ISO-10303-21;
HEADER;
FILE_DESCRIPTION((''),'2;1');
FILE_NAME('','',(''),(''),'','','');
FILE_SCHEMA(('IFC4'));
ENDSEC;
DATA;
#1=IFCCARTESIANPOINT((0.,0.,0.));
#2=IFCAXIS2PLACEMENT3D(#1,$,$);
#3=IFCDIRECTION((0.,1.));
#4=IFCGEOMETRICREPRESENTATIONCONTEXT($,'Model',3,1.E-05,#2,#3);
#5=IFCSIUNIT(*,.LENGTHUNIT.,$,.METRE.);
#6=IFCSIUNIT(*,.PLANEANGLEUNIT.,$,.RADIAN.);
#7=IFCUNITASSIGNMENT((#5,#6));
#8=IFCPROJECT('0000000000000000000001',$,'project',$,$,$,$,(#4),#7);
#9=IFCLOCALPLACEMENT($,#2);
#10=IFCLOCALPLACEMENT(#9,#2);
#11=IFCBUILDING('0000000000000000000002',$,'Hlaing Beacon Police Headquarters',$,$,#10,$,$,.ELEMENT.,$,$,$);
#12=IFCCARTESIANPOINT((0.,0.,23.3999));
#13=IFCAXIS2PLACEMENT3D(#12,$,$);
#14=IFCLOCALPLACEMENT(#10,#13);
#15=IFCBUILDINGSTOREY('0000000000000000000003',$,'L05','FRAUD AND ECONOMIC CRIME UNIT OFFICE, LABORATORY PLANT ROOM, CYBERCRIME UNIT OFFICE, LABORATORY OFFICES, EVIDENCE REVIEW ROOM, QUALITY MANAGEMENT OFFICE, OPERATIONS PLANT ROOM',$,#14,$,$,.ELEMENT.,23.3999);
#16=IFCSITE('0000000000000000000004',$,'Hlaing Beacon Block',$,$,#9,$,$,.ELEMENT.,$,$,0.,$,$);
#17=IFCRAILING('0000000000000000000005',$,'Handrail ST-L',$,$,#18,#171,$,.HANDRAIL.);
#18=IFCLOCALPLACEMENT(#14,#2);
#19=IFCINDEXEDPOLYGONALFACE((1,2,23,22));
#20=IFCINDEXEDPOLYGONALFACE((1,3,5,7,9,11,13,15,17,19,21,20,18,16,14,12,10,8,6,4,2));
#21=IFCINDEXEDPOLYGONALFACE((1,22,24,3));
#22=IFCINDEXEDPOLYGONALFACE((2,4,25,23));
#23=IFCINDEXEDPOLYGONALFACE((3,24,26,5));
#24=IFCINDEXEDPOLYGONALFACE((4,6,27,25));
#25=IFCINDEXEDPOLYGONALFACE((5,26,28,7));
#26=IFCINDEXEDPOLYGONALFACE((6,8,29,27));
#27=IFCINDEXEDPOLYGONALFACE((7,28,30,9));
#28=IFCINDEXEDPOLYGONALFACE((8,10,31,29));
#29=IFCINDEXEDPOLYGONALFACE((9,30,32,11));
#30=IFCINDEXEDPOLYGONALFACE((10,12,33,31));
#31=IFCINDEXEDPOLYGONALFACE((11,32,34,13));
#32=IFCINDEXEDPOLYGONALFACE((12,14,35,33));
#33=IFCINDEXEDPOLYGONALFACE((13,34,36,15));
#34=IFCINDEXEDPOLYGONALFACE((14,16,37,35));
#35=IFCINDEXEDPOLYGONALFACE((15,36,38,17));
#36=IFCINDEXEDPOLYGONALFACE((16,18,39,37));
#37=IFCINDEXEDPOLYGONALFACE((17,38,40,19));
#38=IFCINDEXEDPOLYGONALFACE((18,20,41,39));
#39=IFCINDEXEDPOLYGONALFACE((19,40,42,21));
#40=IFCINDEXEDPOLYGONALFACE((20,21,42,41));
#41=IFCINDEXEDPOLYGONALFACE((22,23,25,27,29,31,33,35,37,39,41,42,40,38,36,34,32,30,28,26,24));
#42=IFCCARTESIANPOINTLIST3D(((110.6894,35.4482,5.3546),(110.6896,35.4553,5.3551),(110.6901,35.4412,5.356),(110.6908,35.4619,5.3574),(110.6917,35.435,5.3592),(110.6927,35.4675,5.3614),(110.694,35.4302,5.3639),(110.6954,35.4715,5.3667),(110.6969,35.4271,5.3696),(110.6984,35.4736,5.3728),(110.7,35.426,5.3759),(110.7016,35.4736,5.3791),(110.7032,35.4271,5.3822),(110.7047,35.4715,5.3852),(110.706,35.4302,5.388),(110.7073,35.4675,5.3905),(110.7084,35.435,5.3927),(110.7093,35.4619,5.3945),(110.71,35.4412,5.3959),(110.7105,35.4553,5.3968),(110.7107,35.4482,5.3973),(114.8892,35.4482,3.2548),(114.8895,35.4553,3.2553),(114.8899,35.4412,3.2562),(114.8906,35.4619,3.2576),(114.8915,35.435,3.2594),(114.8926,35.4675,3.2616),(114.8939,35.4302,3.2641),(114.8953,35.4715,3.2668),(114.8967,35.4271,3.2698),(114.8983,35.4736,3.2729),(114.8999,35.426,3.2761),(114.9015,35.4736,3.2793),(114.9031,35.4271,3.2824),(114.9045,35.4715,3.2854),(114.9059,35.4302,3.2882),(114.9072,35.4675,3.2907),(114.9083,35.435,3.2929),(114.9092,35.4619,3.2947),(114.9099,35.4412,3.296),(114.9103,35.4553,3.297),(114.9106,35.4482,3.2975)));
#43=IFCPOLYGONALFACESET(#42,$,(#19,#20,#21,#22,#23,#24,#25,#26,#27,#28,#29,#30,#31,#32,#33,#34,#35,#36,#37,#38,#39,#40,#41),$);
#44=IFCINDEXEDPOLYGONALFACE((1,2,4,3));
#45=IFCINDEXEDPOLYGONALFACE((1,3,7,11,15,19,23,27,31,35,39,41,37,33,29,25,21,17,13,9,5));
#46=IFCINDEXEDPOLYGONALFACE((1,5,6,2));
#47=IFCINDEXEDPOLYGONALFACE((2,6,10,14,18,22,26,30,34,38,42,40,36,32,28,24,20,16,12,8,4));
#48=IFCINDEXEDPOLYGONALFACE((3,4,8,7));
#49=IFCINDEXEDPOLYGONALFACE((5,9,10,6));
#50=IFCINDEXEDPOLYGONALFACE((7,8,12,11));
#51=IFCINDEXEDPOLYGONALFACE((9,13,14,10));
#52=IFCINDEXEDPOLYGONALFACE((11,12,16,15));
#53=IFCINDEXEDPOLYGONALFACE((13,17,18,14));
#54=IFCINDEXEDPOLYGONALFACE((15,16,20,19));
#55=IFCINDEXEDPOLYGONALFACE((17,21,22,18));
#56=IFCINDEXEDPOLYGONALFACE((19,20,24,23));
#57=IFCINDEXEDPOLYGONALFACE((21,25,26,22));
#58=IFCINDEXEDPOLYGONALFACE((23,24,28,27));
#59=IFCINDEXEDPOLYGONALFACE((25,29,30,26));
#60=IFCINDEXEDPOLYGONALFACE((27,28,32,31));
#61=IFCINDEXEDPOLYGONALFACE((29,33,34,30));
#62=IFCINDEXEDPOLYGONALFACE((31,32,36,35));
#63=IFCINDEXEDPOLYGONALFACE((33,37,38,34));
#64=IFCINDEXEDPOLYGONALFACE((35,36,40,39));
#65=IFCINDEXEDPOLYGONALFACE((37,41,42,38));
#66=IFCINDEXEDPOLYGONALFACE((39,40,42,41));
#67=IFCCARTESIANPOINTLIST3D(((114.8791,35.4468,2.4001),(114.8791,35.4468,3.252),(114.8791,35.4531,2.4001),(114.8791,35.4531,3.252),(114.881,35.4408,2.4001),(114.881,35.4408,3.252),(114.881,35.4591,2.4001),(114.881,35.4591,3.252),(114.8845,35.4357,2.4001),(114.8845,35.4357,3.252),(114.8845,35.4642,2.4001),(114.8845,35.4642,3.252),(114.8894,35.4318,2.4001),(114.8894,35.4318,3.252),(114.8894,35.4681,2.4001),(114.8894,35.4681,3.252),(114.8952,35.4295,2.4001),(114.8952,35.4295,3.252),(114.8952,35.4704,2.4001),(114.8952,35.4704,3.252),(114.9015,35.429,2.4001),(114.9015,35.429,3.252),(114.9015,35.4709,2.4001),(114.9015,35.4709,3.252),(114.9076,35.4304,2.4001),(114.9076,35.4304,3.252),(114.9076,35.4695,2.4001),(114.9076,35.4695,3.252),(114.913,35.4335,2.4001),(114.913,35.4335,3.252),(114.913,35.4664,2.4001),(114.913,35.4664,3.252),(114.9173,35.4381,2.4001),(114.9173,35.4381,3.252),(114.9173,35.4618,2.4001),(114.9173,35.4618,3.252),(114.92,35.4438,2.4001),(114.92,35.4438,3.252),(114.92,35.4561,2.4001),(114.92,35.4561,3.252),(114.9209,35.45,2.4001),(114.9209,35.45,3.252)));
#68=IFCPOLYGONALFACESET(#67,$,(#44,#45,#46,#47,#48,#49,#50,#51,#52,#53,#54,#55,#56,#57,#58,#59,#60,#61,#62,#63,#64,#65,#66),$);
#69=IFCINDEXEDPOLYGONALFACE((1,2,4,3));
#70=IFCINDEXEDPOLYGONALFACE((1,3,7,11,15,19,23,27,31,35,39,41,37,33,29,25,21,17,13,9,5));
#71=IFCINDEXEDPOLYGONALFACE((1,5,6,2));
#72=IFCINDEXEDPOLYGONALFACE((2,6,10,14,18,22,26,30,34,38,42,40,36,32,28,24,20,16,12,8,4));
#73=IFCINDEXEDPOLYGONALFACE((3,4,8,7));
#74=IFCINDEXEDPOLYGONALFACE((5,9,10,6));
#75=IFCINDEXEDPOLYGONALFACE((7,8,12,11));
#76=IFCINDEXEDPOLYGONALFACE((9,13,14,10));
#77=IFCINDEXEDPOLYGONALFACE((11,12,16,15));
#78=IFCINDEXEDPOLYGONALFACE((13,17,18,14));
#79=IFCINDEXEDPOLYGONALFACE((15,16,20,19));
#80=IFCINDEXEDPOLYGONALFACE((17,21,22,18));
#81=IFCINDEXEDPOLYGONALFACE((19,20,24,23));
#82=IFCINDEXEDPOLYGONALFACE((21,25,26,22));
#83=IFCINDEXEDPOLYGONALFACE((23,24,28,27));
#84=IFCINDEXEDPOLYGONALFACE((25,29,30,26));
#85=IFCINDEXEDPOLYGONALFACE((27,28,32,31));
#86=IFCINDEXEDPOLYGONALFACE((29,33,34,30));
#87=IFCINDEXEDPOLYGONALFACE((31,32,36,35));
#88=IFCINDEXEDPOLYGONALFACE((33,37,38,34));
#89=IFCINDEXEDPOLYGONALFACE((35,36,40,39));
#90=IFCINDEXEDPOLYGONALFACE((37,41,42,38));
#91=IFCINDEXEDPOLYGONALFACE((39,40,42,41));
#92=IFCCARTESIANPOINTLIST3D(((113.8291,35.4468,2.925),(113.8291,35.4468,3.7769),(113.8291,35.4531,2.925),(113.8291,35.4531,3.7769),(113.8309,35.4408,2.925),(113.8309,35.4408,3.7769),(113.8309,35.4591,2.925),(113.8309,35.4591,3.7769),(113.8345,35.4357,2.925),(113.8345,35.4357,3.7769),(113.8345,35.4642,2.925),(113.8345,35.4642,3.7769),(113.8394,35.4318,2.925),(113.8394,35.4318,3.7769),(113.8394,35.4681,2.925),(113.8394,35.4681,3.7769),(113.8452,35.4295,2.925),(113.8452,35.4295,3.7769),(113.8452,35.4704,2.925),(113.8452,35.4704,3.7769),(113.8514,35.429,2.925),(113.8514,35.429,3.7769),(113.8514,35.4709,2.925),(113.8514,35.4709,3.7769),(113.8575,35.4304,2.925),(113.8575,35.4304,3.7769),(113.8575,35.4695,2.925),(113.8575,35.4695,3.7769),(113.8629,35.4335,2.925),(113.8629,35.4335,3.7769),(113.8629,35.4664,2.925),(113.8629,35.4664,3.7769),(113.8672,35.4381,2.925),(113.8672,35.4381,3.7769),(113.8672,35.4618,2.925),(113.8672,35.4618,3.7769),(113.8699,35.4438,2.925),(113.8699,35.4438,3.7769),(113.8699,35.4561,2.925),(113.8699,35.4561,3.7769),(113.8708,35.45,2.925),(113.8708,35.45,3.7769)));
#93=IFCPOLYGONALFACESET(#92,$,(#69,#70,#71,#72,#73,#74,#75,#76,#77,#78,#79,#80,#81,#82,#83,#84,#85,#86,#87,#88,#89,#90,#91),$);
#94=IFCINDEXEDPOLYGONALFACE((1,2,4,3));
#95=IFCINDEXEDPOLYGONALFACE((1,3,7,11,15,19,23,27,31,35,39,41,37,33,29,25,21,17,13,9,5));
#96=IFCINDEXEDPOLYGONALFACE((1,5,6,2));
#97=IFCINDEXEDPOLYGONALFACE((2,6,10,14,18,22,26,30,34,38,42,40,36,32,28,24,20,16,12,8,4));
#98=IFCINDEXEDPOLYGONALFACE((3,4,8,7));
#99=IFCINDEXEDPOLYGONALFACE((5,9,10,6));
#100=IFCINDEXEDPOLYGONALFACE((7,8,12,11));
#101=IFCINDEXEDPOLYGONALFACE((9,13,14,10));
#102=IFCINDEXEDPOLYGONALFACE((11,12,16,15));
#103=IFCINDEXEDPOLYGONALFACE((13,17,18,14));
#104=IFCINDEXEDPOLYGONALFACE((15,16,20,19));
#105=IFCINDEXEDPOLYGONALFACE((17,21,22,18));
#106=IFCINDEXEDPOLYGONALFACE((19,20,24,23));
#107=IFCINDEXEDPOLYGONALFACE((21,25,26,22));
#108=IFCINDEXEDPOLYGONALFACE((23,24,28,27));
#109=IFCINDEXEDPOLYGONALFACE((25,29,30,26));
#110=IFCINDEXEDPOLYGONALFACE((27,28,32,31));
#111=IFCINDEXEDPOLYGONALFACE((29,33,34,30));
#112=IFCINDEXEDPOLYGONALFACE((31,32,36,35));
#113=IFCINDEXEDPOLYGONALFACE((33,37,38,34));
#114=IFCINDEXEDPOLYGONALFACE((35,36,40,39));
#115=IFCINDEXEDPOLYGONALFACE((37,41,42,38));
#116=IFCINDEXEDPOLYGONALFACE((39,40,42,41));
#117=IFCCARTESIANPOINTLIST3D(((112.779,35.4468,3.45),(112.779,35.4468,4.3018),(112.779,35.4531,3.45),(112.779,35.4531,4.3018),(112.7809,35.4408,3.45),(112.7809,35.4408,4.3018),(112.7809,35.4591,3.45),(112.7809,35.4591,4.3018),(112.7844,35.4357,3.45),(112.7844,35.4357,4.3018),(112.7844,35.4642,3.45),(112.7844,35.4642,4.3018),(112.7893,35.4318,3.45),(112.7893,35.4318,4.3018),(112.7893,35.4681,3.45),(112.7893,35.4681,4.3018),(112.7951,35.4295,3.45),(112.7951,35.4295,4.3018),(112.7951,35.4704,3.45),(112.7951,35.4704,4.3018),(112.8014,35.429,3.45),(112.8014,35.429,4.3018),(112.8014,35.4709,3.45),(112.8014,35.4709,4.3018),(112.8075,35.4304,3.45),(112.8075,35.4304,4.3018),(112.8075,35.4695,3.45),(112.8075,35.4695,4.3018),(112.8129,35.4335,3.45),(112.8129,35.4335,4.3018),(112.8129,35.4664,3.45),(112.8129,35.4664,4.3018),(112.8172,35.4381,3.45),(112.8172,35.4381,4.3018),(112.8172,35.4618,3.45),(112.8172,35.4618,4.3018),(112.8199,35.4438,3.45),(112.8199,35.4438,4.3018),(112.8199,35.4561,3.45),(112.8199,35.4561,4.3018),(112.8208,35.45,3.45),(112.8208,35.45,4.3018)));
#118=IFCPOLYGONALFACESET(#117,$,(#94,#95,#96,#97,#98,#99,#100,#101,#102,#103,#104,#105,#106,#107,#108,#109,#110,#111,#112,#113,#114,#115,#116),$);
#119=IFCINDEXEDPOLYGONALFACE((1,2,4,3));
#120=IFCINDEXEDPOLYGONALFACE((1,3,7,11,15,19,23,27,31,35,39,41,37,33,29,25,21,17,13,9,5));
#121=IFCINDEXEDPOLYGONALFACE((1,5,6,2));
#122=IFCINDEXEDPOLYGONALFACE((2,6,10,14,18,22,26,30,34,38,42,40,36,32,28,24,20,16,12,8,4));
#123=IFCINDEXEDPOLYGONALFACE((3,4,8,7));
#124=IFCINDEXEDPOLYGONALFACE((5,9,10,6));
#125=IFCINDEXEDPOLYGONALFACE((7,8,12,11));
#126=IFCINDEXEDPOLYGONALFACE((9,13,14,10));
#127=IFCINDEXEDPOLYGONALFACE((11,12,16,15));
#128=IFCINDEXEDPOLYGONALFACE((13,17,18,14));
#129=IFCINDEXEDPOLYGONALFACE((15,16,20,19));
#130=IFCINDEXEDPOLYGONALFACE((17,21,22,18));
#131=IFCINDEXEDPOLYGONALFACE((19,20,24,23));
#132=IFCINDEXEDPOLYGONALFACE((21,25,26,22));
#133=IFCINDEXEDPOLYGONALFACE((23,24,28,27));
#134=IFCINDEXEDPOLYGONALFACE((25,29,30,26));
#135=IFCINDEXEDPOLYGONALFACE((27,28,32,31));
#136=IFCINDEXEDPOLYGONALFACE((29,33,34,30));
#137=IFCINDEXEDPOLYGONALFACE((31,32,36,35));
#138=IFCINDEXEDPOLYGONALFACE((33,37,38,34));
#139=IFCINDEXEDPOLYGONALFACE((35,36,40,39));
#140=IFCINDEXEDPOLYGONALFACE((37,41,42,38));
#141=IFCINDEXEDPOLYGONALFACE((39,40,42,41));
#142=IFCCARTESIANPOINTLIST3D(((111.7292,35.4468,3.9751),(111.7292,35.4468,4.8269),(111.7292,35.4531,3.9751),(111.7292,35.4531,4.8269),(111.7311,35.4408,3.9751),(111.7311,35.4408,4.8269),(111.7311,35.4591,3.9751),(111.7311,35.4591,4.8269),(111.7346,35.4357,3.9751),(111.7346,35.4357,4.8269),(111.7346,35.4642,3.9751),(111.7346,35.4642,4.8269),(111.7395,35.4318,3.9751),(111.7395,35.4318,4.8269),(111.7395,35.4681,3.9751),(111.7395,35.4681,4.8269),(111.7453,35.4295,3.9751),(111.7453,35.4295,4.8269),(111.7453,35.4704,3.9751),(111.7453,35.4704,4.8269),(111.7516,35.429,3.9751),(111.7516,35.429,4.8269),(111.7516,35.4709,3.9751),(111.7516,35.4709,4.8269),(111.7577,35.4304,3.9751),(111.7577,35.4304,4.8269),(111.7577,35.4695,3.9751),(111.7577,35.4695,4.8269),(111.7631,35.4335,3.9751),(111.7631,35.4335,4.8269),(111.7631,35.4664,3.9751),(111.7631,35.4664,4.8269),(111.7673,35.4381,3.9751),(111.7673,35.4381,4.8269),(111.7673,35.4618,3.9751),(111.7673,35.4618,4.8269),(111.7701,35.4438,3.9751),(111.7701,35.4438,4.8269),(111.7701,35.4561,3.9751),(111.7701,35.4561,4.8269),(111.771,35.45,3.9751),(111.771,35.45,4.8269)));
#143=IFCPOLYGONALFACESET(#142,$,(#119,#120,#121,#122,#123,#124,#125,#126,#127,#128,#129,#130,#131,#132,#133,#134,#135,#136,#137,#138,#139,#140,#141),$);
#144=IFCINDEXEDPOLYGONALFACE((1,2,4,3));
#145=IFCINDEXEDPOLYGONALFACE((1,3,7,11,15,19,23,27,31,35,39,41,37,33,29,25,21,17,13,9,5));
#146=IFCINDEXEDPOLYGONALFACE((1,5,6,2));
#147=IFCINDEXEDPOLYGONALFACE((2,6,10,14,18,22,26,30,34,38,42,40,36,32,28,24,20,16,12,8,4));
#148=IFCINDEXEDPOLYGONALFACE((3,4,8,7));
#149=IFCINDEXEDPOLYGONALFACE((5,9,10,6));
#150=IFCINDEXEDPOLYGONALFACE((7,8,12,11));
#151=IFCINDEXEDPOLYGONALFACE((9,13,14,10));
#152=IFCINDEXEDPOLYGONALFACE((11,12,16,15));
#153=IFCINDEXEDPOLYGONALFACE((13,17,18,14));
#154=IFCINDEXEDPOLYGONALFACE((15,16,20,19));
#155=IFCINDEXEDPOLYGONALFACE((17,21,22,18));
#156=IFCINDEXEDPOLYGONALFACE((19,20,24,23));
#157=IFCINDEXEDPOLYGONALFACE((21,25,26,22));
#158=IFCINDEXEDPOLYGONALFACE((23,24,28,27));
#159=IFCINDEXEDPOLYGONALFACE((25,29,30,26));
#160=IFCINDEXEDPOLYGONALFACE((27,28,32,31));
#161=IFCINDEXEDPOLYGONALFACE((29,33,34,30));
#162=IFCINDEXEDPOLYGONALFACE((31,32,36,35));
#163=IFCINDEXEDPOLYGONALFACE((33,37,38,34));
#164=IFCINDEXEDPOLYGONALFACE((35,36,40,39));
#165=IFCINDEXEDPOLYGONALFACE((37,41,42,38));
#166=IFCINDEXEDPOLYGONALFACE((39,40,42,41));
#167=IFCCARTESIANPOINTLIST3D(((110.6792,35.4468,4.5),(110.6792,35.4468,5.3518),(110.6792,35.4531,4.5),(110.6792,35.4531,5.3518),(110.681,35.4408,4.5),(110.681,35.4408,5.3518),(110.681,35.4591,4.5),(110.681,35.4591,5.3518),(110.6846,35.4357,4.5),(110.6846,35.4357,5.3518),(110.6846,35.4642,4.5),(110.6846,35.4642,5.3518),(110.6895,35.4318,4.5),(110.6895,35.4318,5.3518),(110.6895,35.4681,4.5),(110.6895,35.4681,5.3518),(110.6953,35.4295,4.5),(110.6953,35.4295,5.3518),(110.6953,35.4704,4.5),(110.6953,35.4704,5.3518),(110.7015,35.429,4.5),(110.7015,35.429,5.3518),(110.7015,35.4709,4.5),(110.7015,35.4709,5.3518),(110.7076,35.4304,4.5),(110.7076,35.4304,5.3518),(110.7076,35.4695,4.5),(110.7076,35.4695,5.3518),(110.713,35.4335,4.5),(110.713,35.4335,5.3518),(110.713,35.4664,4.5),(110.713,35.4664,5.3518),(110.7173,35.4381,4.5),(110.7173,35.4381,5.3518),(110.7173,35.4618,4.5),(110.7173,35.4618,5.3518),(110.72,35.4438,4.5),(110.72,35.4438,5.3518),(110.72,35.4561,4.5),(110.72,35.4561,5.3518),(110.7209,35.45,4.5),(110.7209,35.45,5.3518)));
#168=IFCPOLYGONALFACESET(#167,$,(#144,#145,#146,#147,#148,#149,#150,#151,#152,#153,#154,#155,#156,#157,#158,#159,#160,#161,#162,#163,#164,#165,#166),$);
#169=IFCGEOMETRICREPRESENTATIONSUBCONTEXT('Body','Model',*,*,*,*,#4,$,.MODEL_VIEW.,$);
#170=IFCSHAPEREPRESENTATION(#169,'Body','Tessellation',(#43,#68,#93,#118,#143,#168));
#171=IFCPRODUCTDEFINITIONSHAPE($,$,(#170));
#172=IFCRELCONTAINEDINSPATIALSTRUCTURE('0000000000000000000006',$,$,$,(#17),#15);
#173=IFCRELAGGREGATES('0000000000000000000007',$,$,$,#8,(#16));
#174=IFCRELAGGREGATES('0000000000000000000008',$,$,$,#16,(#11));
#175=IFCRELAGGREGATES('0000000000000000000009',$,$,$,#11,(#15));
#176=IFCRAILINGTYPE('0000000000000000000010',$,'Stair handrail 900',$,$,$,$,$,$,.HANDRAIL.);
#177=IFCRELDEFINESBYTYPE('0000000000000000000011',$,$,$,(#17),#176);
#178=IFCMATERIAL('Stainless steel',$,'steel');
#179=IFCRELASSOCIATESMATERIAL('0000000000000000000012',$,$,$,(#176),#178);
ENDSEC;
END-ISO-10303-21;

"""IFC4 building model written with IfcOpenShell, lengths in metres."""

from ifc_helpers import new_model, si_unit, direction, frame, origin, origin_2d, place, context, subcontext, project, spatial, circle, extrude, material, type_object, element, save


model = new_model("IFC4")

# Units and contexts
model_context = context("Model", 3, precision=1e-05, world=origin(), true_north=direction((0.0, 1.0)))
body_context = subcontext(model_context, "Body", "Model", "MODEL_VIEW")
ifc_project = project(units=[si_unit("LENGTHUNIT", "METRE"), si_unit("PLANEANGLEUNIT", "RADIAN")], contexts=[model_context])

# Site, building, storey
site_placement = place(None, origin())
site = spatial("IfcSite", under=ifc_project, at=site_placement, Name="Hlaing Beacon Block", CompositionType="ELEMENT", RefElevation=0.0)
building_placement = place(site_placement, origin())
building = spatial("IfcBuilding", under=site, at=building_placement, Name="Hlaing Beacon Police Headquarters", CompositionType="ELEMENT")
storey_placement = place(building_placement, frame((0.0, 0.0, 23.3999)))
storey = spatial("IfcBuildingStorey", under=building, at=storey_placement, Name="L05", Description="FRAUD AND ECONOMIC CRIME UNIT OFFICE, LABORATORY PLANT ROOM, CYBERCRIME UNIT OFFICE, LABORATORY OFFICES, EVIDENCE REVIEW ROOM, QUALITY MANAGEMENT OFFICE, OPERATIONS PLANT ROOM", CompositionType="ELEMENT", Elevation=23.3999)

# Railing
ifc_material_1 = material(Name="Stainless steel", Category="steel")
railing_type_1 = type_object("IfcRailingType", Name="Stair handrail 900", PredefinedType="HANDRAIL", material=ifc_material_1)
for number, where, name in (
    (1, (114.8999, 35.45, 2.4001), "Handrail ST-L"),
):
    element("IfcRailing", number, at=place(storey_placement, frame(where)), inside=storey, type_object=railing_type_1, Name=name, PredefinedType="HANDRAIL", context=body_context, shape_type="SweptSolid", body=[
        extrude(circle(Radius=0.0239, at=origin_2d()), frame((0.0, 0.0, 0.876), z_axis=(-0.894438, 0.0, 0.447193), x_axis=(0.0, -1.0, 0.0)), (0.0, 0.0, 1.0), 4.6956),
        extrude(circle(Radius=0.021, at=origin_2d()), origin(), (0.0, 0.0, 1.0), 0.8518),
        extrude(circle(Radius=0.021, at=origin_2d()), frame((-1.05, 0.0, 0.5249)), (0.0, 0.0, 1.0), 0.8518),
        extrude(circle(Radius=0.021, at=origin_2d()), frame((-2.1001, 0.0, 1.0498)), (0.0, 0.0, 1.0), 0.8518),
        extrude(circle(Radius=0.021, at=origin_2d()), frame((-3.1499, 0.0, 1.575)), (0.0, 0.0, 1.0), 0.8518),
        extrude(circle(Radius=0.021, at=origin_2d()), frame((-4.2, 0.0, 2.0999)), (0.0, 0.0, 1.0), 0.8518),
    ])

save(model, "model.ifc")
